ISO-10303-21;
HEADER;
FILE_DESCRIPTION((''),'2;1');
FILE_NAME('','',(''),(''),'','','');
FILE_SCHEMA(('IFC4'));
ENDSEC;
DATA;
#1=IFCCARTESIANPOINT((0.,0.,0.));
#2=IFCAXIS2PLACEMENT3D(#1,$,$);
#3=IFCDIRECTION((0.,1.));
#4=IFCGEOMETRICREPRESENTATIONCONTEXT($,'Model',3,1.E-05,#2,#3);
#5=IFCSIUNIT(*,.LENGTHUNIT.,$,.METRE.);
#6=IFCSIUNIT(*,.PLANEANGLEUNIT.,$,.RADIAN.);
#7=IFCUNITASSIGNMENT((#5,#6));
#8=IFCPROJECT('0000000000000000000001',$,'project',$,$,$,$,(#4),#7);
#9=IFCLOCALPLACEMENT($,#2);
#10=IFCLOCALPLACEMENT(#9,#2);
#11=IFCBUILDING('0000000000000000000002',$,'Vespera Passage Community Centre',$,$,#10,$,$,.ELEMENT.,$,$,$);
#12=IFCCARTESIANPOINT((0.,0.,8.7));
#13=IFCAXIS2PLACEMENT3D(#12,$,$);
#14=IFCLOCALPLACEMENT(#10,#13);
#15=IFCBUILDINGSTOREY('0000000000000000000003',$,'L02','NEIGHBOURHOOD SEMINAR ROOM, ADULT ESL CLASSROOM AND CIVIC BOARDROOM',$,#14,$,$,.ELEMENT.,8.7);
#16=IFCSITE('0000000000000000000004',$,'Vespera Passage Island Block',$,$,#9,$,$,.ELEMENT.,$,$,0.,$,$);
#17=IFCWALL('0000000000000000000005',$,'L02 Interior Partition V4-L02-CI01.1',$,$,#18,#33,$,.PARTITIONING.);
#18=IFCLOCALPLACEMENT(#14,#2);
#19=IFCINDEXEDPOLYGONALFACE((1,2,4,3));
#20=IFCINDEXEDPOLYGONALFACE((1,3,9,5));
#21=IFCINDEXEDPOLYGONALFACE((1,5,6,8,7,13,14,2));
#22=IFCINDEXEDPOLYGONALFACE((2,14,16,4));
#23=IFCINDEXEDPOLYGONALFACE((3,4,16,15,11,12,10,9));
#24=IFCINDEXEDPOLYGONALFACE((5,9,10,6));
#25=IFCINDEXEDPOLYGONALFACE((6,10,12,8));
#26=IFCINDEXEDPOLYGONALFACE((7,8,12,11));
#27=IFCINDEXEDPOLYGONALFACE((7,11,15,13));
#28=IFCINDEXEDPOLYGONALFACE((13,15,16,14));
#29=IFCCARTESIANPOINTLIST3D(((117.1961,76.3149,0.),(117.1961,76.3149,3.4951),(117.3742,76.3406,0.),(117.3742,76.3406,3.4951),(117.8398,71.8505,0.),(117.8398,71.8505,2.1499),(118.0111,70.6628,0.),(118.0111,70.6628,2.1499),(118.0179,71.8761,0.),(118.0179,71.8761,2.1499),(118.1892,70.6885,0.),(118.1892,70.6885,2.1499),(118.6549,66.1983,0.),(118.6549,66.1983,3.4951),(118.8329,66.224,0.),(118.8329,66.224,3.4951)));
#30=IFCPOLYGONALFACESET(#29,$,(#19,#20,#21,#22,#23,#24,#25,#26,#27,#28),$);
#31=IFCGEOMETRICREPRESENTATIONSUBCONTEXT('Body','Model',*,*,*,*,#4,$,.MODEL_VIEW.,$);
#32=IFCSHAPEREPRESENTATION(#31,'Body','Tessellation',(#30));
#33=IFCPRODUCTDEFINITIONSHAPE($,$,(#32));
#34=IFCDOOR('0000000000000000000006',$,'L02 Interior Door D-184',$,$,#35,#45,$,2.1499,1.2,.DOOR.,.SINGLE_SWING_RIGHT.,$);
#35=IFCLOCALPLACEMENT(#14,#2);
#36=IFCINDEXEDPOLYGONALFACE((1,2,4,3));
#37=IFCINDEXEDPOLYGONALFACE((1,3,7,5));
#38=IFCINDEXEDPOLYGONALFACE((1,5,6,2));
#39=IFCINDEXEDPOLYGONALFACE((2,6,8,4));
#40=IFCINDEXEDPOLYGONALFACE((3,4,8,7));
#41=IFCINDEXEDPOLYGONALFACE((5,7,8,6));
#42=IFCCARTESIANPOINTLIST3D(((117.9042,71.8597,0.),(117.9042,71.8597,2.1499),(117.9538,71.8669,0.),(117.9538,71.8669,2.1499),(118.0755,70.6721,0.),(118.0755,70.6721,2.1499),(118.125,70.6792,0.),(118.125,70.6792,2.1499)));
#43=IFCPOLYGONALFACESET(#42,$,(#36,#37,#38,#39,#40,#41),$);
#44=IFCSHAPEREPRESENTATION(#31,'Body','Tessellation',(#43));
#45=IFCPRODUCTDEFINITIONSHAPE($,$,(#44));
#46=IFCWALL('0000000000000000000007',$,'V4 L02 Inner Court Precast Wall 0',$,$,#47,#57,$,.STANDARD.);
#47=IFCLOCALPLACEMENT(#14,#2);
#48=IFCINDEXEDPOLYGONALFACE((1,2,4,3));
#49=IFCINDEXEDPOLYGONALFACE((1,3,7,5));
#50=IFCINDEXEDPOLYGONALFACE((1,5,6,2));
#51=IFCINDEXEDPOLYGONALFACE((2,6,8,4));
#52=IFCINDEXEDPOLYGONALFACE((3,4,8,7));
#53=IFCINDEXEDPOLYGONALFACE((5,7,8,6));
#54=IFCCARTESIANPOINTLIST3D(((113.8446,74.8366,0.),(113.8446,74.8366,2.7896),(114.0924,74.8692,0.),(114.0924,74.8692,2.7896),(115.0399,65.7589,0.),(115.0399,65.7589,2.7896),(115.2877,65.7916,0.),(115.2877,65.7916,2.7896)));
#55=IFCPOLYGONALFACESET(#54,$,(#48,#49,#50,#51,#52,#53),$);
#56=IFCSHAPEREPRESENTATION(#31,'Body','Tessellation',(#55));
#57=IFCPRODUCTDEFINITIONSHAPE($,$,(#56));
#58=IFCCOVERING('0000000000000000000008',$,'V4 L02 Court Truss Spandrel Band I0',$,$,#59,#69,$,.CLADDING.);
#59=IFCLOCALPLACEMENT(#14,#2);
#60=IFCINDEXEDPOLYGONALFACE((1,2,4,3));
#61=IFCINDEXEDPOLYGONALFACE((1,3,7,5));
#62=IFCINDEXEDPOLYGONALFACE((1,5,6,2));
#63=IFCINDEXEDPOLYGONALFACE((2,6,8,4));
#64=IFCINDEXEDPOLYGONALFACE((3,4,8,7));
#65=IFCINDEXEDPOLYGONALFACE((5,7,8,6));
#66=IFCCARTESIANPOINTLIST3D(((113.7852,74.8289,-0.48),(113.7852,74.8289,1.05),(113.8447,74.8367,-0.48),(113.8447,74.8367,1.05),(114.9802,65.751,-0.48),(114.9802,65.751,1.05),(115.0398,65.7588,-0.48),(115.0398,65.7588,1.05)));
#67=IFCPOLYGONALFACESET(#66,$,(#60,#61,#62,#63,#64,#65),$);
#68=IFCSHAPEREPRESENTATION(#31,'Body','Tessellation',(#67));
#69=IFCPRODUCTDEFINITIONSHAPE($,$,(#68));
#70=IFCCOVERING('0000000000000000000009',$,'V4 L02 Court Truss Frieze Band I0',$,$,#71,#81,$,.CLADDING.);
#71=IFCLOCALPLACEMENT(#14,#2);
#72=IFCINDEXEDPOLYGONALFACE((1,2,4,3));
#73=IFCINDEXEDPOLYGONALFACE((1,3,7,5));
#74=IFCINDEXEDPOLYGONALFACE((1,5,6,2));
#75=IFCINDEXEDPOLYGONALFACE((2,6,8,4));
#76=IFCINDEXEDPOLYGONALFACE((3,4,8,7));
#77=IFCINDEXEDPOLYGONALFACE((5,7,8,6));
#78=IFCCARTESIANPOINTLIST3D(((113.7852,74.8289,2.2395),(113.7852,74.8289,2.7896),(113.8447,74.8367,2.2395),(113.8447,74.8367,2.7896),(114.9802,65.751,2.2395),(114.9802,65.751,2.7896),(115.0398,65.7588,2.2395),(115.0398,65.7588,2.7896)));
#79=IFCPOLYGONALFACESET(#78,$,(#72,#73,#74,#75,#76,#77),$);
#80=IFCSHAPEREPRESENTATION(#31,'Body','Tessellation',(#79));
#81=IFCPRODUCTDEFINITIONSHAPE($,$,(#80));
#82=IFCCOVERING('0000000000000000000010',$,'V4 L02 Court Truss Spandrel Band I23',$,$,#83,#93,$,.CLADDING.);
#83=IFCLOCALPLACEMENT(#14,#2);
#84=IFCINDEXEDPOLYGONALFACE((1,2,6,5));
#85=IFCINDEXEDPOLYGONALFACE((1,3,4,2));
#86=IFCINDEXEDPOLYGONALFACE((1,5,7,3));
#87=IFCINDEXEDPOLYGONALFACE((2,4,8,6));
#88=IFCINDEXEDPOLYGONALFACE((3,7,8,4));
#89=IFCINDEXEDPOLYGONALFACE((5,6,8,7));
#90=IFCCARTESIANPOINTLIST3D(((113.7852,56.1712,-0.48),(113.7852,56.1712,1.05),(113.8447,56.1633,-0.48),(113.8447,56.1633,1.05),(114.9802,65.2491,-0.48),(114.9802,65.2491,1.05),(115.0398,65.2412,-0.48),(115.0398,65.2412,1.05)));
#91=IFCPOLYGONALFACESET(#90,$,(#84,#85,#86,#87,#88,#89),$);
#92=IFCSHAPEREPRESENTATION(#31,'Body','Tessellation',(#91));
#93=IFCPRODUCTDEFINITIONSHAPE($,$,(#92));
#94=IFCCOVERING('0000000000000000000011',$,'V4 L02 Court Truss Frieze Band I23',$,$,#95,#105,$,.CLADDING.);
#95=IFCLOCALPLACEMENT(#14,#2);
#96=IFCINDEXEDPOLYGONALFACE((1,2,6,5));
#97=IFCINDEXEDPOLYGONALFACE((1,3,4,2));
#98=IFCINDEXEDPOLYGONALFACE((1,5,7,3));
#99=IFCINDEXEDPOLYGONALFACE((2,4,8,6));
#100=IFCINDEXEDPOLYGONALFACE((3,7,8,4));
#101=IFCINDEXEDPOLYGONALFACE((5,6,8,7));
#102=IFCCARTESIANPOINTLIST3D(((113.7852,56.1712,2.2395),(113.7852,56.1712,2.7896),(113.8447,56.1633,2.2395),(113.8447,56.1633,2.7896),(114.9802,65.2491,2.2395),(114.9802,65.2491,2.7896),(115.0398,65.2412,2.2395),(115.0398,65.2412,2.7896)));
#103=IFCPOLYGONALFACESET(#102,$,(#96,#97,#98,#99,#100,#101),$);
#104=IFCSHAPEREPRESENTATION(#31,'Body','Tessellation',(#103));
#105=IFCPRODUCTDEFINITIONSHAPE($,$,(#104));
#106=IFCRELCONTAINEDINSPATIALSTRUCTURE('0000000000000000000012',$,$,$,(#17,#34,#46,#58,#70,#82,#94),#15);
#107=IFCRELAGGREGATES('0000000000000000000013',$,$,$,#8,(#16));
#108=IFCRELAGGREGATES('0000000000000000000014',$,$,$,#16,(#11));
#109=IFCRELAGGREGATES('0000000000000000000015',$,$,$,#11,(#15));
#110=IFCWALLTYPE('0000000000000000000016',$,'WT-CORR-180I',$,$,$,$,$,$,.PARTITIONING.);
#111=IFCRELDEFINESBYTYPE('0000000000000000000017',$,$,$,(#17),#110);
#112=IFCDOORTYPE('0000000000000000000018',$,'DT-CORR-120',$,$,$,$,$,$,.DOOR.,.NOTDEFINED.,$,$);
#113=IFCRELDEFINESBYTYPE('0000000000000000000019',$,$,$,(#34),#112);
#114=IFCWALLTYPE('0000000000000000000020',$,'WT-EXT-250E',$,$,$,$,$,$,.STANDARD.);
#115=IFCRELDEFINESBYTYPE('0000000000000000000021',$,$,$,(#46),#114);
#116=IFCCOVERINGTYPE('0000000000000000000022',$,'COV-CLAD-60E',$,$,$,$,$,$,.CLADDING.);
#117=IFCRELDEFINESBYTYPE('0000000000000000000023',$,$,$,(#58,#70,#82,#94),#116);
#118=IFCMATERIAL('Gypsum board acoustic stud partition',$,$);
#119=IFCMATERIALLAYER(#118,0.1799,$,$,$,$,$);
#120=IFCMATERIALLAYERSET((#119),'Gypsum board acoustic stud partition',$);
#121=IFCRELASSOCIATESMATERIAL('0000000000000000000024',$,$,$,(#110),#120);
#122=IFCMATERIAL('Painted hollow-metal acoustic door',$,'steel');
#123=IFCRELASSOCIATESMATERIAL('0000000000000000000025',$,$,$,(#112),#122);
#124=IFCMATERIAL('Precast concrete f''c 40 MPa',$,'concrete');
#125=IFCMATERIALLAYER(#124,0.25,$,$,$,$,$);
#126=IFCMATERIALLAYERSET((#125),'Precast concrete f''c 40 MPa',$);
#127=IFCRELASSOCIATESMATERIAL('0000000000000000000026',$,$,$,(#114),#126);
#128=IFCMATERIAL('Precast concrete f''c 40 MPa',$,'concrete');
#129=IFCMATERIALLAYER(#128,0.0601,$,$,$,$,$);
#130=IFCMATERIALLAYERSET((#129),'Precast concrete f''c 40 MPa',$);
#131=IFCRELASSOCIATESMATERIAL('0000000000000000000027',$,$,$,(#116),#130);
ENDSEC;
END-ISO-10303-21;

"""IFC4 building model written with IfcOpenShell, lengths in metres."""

from ifc_helpers import new_model, si_unit, direction, frame, frame_2d, origin, place, context, subcontext, project, spatial, rectangle, extrude, material, layer, layer_set, type_object, element, fill, save


model = new_model("IFC4")

# Units and contexts
model_context = context("Model", 3, precision=1e-05, world=origin(), true_north=direction((0.0, 1.0)))
body_context = subcontext(model_context, "Body", "Model", "MODEL_VIEW")
ifc_project = project(units=[si_unit("LENGTHUNIT", "METRE"), si_unit("PLANEANGLEUNIT", "RADIAN")], contexts=[model_context])

# Site, building, storey
site_placement = place(None, origin())
site = spatial("IfcSite", under=ifc_project, at=site_placement, Name="Vespera Passage Island Block", CompositionType="ELEMENT", RefElevation=0.0)
building_placement = place(site_placement, origin())
building = spatial("IfcBuilding", under=site, at=building_placement, Name="Vespera Passage Community Centre", CompositionType="ELEMENT")
storey_placement = place(building_placement, frame((0.0, 0.0, 8.7)))
storey = spatial("IfcBuildingStorey", under=building, at=storey_placement, Name="L02", Description="NEIGHBOURHOOD SEMINAR ROOM, ADULT ESL CLASSROOM AND CIVIC BOARDROOM", CompositionType="ELEMENT", Elevation=8.7)

# Wall, opening, door
ifc_material_1 = material(Name="Gypsum board acoustic stud partition")
ifc_layer_1 = layer(ifc_material_1, 0.1799)
ifc_layer_set_1 = layer_set([ifc_layer_1], Name="Gypsum board acoustic stud partition")
wall_type_1 = type_object("IfcWallType", Name="WT-CORR-180I", PredefinedType="PARTITIONING", material=ifc_layer_set_1)
wall_1_placement = place(storey_placement, frame((118.7439, 66.2112, 0.0), z_axis=(0.0, 0.0, 1.0), x_axis=(-0.142719, 0.989763, 0.0)))
wall_1 = element("IfcWall", 1, at=wall_1_placement, inside=storey, type_object=wall_type_1, Name="L02 Interior Partition V4-L02-CI01.1", PredefinedType="PARTITIONING", context=body_context, shape_type="SweptSolid", body=[
    extrude(rectangle(XDim=10.2212, YDim=0.1799, at=frame_2d((5.1106, 0.0))), origin(), (0.0, 0.0, 1.0), 3.4951),
])
opening_1_placement = place(wall_1_placement, frame((4.5105, 0.0, 0.0)))
opening_1 = element("IfcOpeningElement", 2, at=opening_1_placement, cuts=wall_1, PredefinedType="OPENING", context=body_context, shape_type="SweptSolid", body=[
    extrude(rectangle(XDim=1.2, YDim=2.1499, at=frame_2d((0.6001, 1.075))), frame((0.0, 0.0999, 0.0), z_axis=(0.0, -1.0, 0.0), x_axis=(1.0, 0.0, 0.0)), (0.0, 0.0, 1.0), 0.2),
])
ifc_material_2 = material(Name="Painted hollow-metal acoustic door", Category="steel")
door_type_1 = type_object("IfcDoorType", Name="DT-CORR-120", OperationType="NOTDEFINED", PredefinedType="DOOR", material=ifc_material_2)
door_1_placement = place(opening_1_placement, origin())
door_1 = element("IfcDoor", 3, at=door_1_placement, inside=storey, type_object=door_type_1, Name="L02 Interior Door D-184", OperationType="SINGLE_SWING_RIGHT", OverallHeight=2.1499, OverallWidth=1.2, PredefinedType="DOOR", context=body_context, shape_type="SweptSolid", body=[
    extrude(rectangle(XDim=1.2, YDim=2.1499, at=frame_2d((0.6001, 1.075))), frame((0.0, 0.0249, 0.0), z_axis=(0.0, -1.0, 0.0), x_axis=(1.0, 0.0, 0.0)), (0.0, 0.0, 1.0), 0.05),
])
fill(opening_1, door_1)

# Wall
ifc_material_3 = material(Name="Precast concrete f'c 40 MPa", Category="concrete")
ifc_layer_2 = layer(ifc_material_3, 0.25)
ifc_layer_set_2 = layer_set([ifc_layer_2], Name="Precast concrete f'c 40 MPa")
wall_type_2 = type_object("IfcWallType", Name="WT-EXT-250E", PredefinedType="STANDARD", material=ifc_layer_set_2)
wall_2_placement = place(storey_placement, frame((115.1638, 65.7751, 0.0), z_axis=(0.0, 0.0, 1.0), x_axis=(-0.13055, 0.991442, 0.0)))
element("IfcWall", 4, at=wall_2_placement, inside=storey, type_object=wall_type_2, Name="V4 L02 Inner Court Precast Wall 0", PredefinedType="STANDARD", context=body_context, shape_type="SweptSolid", body=[
    extrude(rectangle(XDim=9.156, YDim=0.25, at=frame_2d((4.5781, 0.0))), origin(), (0.0, 0.0, 1.0), 2.7896),
])

# Coverings
ifc_material_4 = material(Name="Precast concrete f'c 40 MPa", Category="concrete")
ifc_layer_3 = layer(ifc_material_4, 0.0601)
ifc_layer_set_3 = layer_set([ifc_layer_3], Name="Precast concrete f'c 40 MPa")
covering_type = type_object("IfcCoveringType", Name="COV-CLAD-60E", PredefinedType="CLADDING", material=ifc_layer_set_3)
covering_1_placement = place(storey_placement, frame((115.01, 65.7549, -0.48), z_axis=(0.0, 0.0, 1.0), x_axis=(-0.13052, 0.991446, 0.0)))
element("IfcCovering", 5, at=covering_1_placement, inside=storey, type_object=covering_type, Name="V4 L02 Court Truss Spandrel Band I0", PredefinedType="CLADDING", context=body_context, shape_type="SweptSolid", body=[
    extrude(rectangle(XDim=9.1562, YDim=0.0601, at=frame_2d((4.5781, 0.0))), origin(), (0.0, 0.0, 1.0), 1.53),
])
covering_2_placement = place(storey_placement, frame((115.01, 65.7549, 2.2395), z_axis=(0.0, 0.0, 1.0), x_axis=(-0.13052, 0.991446, 0.0)))
element("IfcCovering", 6, at=covering_2_placement, inside=storey, type_object=covering_type, Name="V4 L02 Court Truss Frieze Band I0", PredefinedType="CLADDING", context=body_context, shape_type="SweptSolid", body=[
    extrude(rectangle(XDim=9.1562, YDim=0.0601, at=frame_2d((4.5781, 0.0))), origin(), (0.0, 0.0, 1.0), 0.55),
])
covering_3_placement = place(storey_placement, frame((113.8149, 56.1672, -0.48), z_axis=(0.0, 0.0, 1.0), x_axis=(0.13052, 0.991446, 0.0)))
element("IfcCovering", 7, at=covering_3_placement, inside=storey, type_object=covering_type, Name="V4 L02 Court Truss Spandrel Band I23", PredefinedType="CLADDING", context=body_context, shape_type="SweptSolid", body=[
    extrude(rectangle(XDim=9.1562, YDim=0.0601, at=frame_2d((4.5781, 0.0))), origin(), (0.0, 0.0, 1.0), 1.53),
])
covering_4_placement = place(storey_placement, frame((113.8149, 56.1672, 2.2395), z_axis=(0.0, 0.0, 1.0), x_axis=(0.13052, 0.991446, 0.0)))
element("IfcCovering", 8, at=covering_4_placement, inside=storey, type_object=covering_type, Name="V4 L02 Court Truss Frieze Band I23", PredefinedType="CLADDING", context=body_context, shape_type="SweptSolid", body=[
    extrude(rectangle(XDim=9.1562, YDim=0.0601, at=frame_2d((4.5781, 0.0))), origin(), (0.0, 0.0, 1.0), 0.55),
])

save(model, "model.ifc")
